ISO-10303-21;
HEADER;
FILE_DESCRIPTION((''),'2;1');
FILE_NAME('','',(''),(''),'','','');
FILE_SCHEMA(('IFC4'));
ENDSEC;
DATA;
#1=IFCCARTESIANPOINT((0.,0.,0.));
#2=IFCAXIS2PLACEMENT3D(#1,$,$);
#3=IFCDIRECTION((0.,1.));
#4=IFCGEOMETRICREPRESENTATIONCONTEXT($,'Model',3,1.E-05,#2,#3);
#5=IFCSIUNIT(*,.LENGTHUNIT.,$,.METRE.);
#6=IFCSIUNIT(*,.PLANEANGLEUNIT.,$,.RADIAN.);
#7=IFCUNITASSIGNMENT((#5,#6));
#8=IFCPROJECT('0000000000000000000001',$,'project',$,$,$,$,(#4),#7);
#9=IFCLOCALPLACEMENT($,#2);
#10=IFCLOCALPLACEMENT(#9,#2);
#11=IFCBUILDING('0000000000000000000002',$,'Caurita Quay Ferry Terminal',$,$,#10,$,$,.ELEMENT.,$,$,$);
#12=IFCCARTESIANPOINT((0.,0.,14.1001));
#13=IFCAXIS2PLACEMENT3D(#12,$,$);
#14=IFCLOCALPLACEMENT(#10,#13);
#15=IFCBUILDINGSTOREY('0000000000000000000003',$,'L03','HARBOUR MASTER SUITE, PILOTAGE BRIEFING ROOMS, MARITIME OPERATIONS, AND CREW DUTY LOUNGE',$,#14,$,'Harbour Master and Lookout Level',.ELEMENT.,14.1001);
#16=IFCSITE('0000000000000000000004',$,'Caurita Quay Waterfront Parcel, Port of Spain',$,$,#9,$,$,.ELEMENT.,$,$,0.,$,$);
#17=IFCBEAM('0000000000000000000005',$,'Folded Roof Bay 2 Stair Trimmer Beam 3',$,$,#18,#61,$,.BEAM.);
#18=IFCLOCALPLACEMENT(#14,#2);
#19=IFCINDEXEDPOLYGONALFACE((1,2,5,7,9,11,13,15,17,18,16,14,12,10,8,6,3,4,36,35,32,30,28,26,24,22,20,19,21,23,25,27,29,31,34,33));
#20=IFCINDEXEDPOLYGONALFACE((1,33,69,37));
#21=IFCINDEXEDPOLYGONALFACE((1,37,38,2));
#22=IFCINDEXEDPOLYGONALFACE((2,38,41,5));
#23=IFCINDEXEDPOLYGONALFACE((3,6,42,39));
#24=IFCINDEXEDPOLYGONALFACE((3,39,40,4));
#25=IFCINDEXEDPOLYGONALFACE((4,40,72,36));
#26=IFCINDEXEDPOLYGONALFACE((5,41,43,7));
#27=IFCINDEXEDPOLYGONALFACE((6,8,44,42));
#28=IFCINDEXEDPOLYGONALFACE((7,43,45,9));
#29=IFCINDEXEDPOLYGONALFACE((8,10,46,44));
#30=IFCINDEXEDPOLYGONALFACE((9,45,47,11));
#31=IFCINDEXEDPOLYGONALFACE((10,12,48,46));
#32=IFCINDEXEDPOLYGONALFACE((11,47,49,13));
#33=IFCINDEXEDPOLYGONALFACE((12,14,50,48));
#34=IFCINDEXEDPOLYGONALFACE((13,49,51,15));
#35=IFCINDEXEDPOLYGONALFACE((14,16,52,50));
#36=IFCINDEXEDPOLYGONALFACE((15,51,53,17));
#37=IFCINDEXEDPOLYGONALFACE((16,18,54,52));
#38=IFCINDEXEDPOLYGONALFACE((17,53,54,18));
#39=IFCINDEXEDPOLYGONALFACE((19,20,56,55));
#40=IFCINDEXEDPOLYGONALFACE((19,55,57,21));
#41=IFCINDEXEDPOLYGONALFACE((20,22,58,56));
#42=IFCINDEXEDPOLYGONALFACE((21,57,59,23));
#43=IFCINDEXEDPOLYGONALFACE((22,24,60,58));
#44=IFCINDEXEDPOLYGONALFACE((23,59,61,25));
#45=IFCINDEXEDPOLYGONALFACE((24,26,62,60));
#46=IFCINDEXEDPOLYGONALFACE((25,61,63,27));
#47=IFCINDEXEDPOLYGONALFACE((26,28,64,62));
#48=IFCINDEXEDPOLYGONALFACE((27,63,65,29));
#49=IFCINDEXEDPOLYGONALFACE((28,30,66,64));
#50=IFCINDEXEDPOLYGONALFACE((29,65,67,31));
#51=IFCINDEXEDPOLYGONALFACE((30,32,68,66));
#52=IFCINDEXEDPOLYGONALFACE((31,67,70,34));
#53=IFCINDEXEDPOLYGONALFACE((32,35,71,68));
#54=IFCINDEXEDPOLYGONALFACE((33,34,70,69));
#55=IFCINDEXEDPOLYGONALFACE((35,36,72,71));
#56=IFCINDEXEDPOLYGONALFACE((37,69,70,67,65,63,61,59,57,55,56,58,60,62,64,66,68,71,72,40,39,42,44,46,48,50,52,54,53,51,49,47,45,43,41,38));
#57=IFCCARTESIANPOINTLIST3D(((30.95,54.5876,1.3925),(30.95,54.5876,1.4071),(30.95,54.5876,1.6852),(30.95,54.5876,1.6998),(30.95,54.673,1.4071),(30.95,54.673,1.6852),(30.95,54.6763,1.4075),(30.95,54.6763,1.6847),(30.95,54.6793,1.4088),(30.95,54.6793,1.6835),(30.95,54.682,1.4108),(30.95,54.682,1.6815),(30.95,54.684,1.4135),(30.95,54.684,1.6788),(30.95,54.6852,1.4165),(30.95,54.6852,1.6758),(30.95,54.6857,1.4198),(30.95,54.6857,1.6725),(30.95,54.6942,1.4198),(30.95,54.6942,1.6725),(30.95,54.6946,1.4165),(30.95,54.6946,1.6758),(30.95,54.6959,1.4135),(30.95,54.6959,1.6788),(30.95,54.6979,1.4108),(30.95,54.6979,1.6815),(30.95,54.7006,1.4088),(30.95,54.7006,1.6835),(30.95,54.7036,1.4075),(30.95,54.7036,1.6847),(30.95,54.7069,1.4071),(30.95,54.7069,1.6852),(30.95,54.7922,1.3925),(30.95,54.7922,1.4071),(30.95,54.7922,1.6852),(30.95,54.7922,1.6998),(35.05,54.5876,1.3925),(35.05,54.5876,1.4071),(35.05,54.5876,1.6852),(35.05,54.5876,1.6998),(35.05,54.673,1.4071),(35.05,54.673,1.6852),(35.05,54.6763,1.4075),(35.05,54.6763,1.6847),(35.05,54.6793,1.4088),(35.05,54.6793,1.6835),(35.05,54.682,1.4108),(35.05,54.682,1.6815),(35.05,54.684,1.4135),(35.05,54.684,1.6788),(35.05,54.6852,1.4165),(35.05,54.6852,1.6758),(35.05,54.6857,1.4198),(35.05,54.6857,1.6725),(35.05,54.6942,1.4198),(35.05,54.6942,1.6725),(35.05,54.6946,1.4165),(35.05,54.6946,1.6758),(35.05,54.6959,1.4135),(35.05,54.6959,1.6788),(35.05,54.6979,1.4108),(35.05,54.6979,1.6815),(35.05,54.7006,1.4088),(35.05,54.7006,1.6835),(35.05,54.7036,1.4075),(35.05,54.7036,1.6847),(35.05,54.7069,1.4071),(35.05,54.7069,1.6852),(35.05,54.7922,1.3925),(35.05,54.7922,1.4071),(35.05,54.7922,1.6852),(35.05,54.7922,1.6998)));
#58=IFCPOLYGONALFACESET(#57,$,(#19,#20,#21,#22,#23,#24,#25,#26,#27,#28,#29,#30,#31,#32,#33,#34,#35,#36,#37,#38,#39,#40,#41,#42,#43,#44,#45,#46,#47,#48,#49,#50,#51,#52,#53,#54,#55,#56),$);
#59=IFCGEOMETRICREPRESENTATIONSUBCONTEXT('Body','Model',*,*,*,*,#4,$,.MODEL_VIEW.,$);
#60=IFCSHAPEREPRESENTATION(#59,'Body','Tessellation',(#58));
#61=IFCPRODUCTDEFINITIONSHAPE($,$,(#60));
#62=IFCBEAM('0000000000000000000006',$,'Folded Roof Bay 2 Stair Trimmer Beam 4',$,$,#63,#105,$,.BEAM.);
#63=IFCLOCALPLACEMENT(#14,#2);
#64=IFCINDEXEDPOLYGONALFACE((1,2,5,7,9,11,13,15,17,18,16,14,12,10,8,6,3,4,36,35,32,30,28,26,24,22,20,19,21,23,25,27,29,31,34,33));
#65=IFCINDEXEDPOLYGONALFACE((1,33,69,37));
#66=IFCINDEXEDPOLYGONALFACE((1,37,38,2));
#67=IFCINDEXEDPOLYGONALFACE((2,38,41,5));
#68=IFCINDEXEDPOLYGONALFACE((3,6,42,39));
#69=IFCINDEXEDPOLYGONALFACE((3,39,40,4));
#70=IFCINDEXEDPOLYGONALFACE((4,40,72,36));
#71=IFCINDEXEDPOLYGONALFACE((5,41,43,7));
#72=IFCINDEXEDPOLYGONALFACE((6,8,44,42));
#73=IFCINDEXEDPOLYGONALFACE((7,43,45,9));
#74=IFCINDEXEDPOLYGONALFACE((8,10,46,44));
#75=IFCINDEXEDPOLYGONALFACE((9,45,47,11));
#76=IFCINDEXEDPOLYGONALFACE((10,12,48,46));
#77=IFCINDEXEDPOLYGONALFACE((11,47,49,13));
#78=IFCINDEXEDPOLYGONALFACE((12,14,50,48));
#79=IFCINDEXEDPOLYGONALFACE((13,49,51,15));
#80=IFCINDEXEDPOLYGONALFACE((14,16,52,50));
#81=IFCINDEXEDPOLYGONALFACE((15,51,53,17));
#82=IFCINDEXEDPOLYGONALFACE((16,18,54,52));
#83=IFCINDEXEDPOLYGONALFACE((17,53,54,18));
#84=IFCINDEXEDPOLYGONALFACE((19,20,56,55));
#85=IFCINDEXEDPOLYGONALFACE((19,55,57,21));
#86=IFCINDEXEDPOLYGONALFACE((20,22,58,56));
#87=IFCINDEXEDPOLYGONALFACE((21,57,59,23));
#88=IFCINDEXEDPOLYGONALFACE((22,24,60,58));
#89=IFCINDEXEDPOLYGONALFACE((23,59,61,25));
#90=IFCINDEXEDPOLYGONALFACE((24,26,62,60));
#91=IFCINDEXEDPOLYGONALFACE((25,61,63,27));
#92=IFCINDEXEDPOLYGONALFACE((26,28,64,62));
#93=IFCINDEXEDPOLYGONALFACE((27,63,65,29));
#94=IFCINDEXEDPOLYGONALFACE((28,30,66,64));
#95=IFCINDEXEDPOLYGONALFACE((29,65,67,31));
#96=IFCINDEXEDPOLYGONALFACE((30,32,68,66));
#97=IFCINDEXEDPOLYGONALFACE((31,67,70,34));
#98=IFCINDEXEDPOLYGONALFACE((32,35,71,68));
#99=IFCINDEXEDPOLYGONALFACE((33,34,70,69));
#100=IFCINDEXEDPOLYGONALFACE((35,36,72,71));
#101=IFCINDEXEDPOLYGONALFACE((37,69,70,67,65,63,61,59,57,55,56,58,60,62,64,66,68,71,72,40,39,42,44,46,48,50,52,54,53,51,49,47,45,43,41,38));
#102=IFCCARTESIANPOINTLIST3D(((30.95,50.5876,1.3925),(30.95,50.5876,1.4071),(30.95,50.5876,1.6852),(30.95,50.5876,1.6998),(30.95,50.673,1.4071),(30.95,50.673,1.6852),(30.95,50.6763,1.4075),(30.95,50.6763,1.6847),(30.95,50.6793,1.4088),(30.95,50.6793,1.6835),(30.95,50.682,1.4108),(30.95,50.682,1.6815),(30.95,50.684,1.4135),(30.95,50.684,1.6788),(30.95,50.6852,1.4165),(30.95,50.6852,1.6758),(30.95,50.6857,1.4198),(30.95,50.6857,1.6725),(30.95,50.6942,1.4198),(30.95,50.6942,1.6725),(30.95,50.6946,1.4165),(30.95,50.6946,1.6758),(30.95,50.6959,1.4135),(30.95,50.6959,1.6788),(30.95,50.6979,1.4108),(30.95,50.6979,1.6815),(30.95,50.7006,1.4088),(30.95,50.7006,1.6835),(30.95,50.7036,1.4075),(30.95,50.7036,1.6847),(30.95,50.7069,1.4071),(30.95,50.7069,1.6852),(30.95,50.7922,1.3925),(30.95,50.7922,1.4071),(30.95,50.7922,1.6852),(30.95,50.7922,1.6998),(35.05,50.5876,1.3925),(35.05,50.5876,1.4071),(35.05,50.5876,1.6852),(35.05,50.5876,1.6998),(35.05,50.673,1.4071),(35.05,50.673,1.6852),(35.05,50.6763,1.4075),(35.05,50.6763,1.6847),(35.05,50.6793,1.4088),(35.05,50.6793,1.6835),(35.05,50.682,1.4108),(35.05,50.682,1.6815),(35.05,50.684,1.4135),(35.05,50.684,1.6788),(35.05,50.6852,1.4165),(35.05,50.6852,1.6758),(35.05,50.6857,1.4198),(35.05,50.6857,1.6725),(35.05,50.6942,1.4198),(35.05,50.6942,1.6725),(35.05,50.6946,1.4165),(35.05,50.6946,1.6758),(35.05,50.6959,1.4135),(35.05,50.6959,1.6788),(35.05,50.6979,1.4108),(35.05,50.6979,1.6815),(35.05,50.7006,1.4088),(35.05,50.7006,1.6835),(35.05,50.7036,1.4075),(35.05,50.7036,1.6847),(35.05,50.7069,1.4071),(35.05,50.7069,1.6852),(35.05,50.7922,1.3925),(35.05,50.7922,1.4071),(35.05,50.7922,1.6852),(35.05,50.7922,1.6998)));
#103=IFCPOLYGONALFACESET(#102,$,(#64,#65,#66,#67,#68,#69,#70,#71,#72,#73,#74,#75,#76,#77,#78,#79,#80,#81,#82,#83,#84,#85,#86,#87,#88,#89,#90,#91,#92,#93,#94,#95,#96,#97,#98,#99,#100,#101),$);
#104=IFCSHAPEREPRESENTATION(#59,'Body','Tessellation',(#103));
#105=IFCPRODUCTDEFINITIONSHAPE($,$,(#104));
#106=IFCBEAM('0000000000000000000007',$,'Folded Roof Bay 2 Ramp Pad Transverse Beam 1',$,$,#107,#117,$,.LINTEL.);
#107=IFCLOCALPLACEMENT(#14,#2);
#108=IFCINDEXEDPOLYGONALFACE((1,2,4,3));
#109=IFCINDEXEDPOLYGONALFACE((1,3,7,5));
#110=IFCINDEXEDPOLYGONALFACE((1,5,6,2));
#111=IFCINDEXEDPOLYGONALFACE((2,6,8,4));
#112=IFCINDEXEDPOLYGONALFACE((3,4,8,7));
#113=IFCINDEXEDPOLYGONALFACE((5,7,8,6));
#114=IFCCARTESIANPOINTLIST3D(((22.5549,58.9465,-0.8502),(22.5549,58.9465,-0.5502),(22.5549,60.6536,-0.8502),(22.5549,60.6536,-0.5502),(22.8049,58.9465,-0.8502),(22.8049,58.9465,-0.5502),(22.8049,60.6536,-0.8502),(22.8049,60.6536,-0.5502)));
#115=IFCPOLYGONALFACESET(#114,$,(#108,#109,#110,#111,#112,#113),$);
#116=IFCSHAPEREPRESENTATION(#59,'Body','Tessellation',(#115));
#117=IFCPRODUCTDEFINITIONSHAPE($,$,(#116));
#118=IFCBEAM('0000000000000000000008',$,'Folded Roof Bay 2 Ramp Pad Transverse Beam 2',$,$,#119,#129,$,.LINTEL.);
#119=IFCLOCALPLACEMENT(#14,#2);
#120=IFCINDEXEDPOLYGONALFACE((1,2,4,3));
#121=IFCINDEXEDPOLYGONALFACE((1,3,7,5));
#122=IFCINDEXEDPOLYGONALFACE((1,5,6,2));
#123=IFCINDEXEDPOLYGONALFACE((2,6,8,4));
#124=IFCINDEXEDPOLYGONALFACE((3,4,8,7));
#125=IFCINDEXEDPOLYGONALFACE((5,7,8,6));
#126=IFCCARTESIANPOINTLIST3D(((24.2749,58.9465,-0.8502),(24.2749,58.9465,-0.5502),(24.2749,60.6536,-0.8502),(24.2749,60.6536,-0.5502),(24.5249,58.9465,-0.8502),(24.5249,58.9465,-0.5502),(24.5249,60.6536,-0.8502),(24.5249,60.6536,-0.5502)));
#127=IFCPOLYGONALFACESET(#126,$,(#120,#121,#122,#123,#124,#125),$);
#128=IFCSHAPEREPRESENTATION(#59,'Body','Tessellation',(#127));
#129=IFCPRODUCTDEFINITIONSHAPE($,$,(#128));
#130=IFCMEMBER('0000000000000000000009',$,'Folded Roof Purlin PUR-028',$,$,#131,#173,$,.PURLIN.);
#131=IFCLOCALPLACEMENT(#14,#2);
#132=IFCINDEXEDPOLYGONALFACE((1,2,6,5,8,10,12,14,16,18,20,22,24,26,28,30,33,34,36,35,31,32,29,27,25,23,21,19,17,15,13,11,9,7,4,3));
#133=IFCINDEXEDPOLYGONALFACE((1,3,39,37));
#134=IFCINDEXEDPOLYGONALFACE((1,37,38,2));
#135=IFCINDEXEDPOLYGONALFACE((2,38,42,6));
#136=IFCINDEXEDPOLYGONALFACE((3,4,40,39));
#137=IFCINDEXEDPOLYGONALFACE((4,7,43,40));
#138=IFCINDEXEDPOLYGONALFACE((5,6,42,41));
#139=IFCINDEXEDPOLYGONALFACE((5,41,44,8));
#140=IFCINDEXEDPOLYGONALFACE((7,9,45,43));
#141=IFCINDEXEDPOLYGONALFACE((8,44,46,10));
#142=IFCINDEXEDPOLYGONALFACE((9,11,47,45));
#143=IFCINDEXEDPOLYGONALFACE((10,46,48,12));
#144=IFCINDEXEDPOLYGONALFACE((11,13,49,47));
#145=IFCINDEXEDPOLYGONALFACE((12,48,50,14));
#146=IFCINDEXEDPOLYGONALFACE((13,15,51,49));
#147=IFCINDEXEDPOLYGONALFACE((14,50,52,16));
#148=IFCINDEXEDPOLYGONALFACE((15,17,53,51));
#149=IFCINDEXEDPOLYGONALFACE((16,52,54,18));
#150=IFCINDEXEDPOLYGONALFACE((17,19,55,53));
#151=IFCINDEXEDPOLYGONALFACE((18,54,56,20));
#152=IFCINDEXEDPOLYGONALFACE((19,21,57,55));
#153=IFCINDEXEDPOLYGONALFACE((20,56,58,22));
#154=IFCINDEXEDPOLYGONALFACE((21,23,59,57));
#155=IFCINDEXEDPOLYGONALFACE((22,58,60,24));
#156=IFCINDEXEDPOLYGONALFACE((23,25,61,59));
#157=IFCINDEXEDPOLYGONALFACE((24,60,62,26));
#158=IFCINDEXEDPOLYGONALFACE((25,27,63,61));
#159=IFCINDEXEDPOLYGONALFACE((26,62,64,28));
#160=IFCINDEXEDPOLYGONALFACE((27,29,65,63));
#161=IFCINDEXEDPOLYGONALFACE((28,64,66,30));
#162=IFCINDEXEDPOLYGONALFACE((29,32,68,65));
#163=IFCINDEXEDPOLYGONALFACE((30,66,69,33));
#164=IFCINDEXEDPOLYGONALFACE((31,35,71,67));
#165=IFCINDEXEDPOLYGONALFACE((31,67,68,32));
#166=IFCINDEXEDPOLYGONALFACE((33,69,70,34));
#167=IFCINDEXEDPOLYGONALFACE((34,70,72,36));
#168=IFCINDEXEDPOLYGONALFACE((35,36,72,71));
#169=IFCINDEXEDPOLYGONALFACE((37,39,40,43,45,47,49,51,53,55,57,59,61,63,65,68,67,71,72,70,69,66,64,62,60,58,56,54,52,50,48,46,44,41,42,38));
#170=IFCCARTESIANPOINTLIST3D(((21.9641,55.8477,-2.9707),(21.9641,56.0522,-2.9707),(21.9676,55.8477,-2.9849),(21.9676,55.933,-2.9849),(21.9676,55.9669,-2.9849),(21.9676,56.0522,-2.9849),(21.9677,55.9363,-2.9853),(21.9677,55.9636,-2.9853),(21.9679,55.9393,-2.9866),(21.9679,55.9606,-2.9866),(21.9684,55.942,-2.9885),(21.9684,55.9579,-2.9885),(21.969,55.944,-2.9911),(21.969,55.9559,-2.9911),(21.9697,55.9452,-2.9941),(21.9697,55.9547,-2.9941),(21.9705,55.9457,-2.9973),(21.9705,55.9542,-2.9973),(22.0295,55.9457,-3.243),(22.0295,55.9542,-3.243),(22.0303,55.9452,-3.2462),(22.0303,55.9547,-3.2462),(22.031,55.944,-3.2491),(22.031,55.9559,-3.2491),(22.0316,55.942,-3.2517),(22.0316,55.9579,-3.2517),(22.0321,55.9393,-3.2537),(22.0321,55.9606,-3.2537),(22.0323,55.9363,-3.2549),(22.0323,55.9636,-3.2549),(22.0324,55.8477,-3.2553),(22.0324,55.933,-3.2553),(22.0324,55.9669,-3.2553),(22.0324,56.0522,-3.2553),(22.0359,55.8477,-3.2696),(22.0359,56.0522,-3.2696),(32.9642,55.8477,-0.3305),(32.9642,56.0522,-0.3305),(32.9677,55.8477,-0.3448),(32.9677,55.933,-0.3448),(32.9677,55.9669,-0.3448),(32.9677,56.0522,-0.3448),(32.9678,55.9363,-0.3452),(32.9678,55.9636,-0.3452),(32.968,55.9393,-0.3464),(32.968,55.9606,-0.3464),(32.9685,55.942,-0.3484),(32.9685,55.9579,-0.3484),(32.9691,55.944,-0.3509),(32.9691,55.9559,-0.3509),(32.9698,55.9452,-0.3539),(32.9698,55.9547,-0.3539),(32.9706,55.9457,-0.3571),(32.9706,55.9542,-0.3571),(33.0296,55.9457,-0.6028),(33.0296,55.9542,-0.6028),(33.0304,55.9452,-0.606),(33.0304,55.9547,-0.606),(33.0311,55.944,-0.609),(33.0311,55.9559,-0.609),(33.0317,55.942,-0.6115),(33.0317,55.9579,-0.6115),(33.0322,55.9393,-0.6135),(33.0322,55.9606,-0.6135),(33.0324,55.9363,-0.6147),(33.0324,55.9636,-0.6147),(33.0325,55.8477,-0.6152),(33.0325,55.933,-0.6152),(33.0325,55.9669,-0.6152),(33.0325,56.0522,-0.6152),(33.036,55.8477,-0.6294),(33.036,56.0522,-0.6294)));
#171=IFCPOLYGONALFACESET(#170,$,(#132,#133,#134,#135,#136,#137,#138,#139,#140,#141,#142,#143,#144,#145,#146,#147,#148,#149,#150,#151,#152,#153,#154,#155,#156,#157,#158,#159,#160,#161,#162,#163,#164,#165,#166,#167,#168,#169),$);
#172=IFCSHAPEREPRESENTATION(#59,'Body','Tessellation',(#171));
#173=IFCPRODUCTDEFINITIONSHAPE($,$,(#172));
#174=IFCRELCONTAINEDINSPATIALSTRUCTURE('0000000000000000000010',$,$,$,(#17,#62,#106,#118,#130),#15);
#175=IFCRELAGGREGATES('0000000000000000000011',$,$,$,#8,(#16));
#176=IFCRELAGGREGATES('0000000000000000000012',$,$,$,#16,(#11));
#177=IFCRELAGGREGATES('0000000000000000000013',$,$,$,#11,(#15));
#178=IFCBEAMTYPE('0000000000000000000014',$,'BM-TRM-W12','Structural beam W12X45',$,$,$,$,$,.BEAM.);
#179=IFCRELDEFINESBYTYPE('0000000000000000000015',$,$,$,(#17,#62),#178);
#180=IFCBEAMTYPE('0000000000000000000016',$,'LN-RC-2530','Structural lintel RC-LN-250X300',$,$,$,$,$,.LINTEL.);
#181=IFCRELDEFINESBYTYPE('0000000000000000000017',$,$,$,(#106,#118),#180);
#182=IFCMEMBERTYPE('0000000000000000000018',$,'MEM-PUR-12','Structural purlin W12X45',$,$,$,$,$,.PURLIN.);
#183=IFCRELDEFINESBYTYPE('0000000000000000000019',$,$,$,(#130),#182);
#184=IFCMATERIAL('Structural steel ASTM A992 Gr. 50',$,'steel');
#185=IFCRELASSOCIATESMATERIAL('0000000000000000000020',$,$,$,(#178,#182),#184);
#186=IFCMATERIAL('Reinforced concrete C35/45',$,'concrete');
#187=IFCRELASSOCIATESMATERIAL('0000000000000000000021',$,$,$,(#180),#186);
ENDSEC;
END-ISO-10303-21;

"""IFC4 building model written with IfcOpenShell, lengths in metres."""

from ifc_helpers import new_model, si_unit, direction, frame, origin, origin_2d, place, context, subcontext, project, spatial, rectangle, i_section, extrude, material, material_profile, profile_set, type_object, element, save


model = new_model("IFC4")

# Units and contexts
model_context = context("Model", 3, precision=1e-05, world=origin(), true_north=direction((0.0, 1.0)))
body_context = subcontext(model_context, "Body", "Model", "MODEL_VIEW")
ifc_project = project(units=[si_unit("LENGTHUNIT", "METRE"), si_unit("PLANEANGLEUNIT", "RADIAN")], contexts=[model_context])

# Site, building, storey
site_placement = place(None, origin())
site = spatial("IfcSite", under=ifc_project, at=site_placement, Name="Caurita Quay Waterfront Parcel, Port of Spain", CompositionType="ELEMENT", RefElevation=0.0)
building_placement = place(site_placement, origin())
building = spatial("IfcBuilding", under=site, at=building_placement, Name="Caurita Quay Ferry Terminal", CompositionType="ELEMENT")
storey_placement = place(building_placement, frame((0.0, 0.0, 14.1001)))
storey = spatial("IfcBuildingStorey", under=building, at=storey_placement, Name="L03", Description="HARBOUR MASTER SUITE, PILOTAGE BRIEFING ROOMS, MARITIME OPERATIONS, AND CREW DUTY LOUNGE", LongName="Harbour Master and Lookout Level", CompositionType="ELEMENT", Elevation=14.1001)

# Beams
ifc_material_1 = material(Name="Structural steel ASTM A992 Gr. 50", Category="steel")
ifc_material_profile_1 = material_profile(ifc_material_1, i_section(OverallWidth=0.2046, OverallDepth=0.3074, WebThickness=0.0085, FlangeThickness=0.0146, FilletRadius=0.0127, at=origin_2d()), Name="W12X45")
ifc_profile_set_1 = profile_set([ifc_material_profile_1], Name="Structural steel ASTM A992 Gr. 50")
beam_type_1 = type_object("IfcBeamType", Name="BM-TRM-W12", Description="Structural beam W12X45", PredefinedType="BEAM", material=ifc_profile_set_1)
for number, where, z_axis, x_axis, name in (
    (1, (30.95, 54.6899, 1.5461), (1.0, 0.0, 0.0), (0.0, 1.0, 0.0), "Folded Roof Bay 2 Stair Trimmer Beam 3"),
    (2, (30.95, 50.6899, 1.5461), (1.0, 0.0, 0.0), (0.0, 1.0, 0.0), "Folded Roof Bay 2 Stair Trimmer Beam 4"),
):
    element("IfcBeam", number, at=place(storey_placement, frame(where, z_axis=z_axis, x_axis=x_axis)), inside=storey, type_object=beam_type_1, Name=name, PredefinedType="BEAM", context=body_context, shape_type="SweptSolid", body=[
        extrude(i_section(OverallWidth=0.2046, OverallDepth=0.3074, WebThickness=0.0085, FlangeThickness=0.0146, FilletRadius=0.0127, at=origin_2d()), origin(), (0.0, 0.0, 1.0), 4.1001),
    ])
ifc_material_2 = material(Name="Reinforced concrete C35/45", Category="concrete")
ifc_material_profile_2 = material_profile(ifc_material_2, rectangle(XDim=0.25, YDim=0.3, at=origin_2d()), Name="RC-LN-250X300")
ifc_profile_set_2 = profile_set([ifc_material_profile_2], Name="Reinforced concrete C35/45")
beam_type_2 = type_object("IfcBeamType", Name="LN-RC-2530", Description="Structural lintel RC-LN-250X300", PredefinedType="LINTEL", material=ifc_profile_set_2)
for number, where, z_axis, x_axis, name in (
    (3, (22.6799, 58.9465, -0.7002), (0.0, 1.0, 0.0), (-1.0, 0.0, 0.0), "Folded Roof Bay 2 Ramp Pad Transverse Beam 1"),
    (4, (24.3999, 58.9465, -0.7002), (0.0, 1.0, 0.0), (-1.0, 0.0, 0.0), "Folded Roof Bay 2 Ramp Pad Transverse Beam 2"),
):
    element("IfcBeam", number, at=place(storey_placement, frame(where, z_axis=z_axis, x_axis=x_axis)), inside=storey, type_object=beam_type_2, Name=name, PredefinedType="LINTEL", context=body_context, shape_type="SweptSolid", body=[
        extrude(rectangle(XDim=0.25, YDim=0.3, at=origin_2d()), origin(), (0.0, 0.0, 1.0), 1.707),
    ])

# Member
ifc_material_profile_3 = material_profile(ifc_material_1, i_section(OverallWidth=0.2046, OverallDepth=0.3074, WebThickness=0.0085, FlangeThickness=0.0146, FilletRadius=0.0127, at=origin_2d()), Name="W12X45")
ifc_profile_set_3 = profile_set([ifc_material_profile_3], Name="Structural steel ASTM A992 Gr. 50")
member_type_1 = type_object("IfcMemberType", Name="MEM-PUR-12", Description="Structural purlin W12X45", PredefinedType="PURLIN", material=ifc_profile_set_3)
member_1_placement = place(storey_placement, frame((22.0, 55.95, -3.1201), z_axis=(0.972385, 0.0, 0.233384), x_axis=(0.0, 1.0, 0.0)))
element("IfcMember", 5, at=member_1_placement, inside=storey, type_object=member_type_1, Name="Folded Roof Purlin PUR-028", PredefinedType="PURLIN", context=body_context, shape_type="SweptSolid", body=[
    extrude(i_section(OverallWidth=0.2046, OverallDepth=0.3074, WebThickness=0.0085, FlangeThickness=0.0146, FilletRadius=0.0127, at=origin_2d()), origin(), (0.0, 0.0, 1.0), 11.3125),
])

save(model, "model.ifc")
